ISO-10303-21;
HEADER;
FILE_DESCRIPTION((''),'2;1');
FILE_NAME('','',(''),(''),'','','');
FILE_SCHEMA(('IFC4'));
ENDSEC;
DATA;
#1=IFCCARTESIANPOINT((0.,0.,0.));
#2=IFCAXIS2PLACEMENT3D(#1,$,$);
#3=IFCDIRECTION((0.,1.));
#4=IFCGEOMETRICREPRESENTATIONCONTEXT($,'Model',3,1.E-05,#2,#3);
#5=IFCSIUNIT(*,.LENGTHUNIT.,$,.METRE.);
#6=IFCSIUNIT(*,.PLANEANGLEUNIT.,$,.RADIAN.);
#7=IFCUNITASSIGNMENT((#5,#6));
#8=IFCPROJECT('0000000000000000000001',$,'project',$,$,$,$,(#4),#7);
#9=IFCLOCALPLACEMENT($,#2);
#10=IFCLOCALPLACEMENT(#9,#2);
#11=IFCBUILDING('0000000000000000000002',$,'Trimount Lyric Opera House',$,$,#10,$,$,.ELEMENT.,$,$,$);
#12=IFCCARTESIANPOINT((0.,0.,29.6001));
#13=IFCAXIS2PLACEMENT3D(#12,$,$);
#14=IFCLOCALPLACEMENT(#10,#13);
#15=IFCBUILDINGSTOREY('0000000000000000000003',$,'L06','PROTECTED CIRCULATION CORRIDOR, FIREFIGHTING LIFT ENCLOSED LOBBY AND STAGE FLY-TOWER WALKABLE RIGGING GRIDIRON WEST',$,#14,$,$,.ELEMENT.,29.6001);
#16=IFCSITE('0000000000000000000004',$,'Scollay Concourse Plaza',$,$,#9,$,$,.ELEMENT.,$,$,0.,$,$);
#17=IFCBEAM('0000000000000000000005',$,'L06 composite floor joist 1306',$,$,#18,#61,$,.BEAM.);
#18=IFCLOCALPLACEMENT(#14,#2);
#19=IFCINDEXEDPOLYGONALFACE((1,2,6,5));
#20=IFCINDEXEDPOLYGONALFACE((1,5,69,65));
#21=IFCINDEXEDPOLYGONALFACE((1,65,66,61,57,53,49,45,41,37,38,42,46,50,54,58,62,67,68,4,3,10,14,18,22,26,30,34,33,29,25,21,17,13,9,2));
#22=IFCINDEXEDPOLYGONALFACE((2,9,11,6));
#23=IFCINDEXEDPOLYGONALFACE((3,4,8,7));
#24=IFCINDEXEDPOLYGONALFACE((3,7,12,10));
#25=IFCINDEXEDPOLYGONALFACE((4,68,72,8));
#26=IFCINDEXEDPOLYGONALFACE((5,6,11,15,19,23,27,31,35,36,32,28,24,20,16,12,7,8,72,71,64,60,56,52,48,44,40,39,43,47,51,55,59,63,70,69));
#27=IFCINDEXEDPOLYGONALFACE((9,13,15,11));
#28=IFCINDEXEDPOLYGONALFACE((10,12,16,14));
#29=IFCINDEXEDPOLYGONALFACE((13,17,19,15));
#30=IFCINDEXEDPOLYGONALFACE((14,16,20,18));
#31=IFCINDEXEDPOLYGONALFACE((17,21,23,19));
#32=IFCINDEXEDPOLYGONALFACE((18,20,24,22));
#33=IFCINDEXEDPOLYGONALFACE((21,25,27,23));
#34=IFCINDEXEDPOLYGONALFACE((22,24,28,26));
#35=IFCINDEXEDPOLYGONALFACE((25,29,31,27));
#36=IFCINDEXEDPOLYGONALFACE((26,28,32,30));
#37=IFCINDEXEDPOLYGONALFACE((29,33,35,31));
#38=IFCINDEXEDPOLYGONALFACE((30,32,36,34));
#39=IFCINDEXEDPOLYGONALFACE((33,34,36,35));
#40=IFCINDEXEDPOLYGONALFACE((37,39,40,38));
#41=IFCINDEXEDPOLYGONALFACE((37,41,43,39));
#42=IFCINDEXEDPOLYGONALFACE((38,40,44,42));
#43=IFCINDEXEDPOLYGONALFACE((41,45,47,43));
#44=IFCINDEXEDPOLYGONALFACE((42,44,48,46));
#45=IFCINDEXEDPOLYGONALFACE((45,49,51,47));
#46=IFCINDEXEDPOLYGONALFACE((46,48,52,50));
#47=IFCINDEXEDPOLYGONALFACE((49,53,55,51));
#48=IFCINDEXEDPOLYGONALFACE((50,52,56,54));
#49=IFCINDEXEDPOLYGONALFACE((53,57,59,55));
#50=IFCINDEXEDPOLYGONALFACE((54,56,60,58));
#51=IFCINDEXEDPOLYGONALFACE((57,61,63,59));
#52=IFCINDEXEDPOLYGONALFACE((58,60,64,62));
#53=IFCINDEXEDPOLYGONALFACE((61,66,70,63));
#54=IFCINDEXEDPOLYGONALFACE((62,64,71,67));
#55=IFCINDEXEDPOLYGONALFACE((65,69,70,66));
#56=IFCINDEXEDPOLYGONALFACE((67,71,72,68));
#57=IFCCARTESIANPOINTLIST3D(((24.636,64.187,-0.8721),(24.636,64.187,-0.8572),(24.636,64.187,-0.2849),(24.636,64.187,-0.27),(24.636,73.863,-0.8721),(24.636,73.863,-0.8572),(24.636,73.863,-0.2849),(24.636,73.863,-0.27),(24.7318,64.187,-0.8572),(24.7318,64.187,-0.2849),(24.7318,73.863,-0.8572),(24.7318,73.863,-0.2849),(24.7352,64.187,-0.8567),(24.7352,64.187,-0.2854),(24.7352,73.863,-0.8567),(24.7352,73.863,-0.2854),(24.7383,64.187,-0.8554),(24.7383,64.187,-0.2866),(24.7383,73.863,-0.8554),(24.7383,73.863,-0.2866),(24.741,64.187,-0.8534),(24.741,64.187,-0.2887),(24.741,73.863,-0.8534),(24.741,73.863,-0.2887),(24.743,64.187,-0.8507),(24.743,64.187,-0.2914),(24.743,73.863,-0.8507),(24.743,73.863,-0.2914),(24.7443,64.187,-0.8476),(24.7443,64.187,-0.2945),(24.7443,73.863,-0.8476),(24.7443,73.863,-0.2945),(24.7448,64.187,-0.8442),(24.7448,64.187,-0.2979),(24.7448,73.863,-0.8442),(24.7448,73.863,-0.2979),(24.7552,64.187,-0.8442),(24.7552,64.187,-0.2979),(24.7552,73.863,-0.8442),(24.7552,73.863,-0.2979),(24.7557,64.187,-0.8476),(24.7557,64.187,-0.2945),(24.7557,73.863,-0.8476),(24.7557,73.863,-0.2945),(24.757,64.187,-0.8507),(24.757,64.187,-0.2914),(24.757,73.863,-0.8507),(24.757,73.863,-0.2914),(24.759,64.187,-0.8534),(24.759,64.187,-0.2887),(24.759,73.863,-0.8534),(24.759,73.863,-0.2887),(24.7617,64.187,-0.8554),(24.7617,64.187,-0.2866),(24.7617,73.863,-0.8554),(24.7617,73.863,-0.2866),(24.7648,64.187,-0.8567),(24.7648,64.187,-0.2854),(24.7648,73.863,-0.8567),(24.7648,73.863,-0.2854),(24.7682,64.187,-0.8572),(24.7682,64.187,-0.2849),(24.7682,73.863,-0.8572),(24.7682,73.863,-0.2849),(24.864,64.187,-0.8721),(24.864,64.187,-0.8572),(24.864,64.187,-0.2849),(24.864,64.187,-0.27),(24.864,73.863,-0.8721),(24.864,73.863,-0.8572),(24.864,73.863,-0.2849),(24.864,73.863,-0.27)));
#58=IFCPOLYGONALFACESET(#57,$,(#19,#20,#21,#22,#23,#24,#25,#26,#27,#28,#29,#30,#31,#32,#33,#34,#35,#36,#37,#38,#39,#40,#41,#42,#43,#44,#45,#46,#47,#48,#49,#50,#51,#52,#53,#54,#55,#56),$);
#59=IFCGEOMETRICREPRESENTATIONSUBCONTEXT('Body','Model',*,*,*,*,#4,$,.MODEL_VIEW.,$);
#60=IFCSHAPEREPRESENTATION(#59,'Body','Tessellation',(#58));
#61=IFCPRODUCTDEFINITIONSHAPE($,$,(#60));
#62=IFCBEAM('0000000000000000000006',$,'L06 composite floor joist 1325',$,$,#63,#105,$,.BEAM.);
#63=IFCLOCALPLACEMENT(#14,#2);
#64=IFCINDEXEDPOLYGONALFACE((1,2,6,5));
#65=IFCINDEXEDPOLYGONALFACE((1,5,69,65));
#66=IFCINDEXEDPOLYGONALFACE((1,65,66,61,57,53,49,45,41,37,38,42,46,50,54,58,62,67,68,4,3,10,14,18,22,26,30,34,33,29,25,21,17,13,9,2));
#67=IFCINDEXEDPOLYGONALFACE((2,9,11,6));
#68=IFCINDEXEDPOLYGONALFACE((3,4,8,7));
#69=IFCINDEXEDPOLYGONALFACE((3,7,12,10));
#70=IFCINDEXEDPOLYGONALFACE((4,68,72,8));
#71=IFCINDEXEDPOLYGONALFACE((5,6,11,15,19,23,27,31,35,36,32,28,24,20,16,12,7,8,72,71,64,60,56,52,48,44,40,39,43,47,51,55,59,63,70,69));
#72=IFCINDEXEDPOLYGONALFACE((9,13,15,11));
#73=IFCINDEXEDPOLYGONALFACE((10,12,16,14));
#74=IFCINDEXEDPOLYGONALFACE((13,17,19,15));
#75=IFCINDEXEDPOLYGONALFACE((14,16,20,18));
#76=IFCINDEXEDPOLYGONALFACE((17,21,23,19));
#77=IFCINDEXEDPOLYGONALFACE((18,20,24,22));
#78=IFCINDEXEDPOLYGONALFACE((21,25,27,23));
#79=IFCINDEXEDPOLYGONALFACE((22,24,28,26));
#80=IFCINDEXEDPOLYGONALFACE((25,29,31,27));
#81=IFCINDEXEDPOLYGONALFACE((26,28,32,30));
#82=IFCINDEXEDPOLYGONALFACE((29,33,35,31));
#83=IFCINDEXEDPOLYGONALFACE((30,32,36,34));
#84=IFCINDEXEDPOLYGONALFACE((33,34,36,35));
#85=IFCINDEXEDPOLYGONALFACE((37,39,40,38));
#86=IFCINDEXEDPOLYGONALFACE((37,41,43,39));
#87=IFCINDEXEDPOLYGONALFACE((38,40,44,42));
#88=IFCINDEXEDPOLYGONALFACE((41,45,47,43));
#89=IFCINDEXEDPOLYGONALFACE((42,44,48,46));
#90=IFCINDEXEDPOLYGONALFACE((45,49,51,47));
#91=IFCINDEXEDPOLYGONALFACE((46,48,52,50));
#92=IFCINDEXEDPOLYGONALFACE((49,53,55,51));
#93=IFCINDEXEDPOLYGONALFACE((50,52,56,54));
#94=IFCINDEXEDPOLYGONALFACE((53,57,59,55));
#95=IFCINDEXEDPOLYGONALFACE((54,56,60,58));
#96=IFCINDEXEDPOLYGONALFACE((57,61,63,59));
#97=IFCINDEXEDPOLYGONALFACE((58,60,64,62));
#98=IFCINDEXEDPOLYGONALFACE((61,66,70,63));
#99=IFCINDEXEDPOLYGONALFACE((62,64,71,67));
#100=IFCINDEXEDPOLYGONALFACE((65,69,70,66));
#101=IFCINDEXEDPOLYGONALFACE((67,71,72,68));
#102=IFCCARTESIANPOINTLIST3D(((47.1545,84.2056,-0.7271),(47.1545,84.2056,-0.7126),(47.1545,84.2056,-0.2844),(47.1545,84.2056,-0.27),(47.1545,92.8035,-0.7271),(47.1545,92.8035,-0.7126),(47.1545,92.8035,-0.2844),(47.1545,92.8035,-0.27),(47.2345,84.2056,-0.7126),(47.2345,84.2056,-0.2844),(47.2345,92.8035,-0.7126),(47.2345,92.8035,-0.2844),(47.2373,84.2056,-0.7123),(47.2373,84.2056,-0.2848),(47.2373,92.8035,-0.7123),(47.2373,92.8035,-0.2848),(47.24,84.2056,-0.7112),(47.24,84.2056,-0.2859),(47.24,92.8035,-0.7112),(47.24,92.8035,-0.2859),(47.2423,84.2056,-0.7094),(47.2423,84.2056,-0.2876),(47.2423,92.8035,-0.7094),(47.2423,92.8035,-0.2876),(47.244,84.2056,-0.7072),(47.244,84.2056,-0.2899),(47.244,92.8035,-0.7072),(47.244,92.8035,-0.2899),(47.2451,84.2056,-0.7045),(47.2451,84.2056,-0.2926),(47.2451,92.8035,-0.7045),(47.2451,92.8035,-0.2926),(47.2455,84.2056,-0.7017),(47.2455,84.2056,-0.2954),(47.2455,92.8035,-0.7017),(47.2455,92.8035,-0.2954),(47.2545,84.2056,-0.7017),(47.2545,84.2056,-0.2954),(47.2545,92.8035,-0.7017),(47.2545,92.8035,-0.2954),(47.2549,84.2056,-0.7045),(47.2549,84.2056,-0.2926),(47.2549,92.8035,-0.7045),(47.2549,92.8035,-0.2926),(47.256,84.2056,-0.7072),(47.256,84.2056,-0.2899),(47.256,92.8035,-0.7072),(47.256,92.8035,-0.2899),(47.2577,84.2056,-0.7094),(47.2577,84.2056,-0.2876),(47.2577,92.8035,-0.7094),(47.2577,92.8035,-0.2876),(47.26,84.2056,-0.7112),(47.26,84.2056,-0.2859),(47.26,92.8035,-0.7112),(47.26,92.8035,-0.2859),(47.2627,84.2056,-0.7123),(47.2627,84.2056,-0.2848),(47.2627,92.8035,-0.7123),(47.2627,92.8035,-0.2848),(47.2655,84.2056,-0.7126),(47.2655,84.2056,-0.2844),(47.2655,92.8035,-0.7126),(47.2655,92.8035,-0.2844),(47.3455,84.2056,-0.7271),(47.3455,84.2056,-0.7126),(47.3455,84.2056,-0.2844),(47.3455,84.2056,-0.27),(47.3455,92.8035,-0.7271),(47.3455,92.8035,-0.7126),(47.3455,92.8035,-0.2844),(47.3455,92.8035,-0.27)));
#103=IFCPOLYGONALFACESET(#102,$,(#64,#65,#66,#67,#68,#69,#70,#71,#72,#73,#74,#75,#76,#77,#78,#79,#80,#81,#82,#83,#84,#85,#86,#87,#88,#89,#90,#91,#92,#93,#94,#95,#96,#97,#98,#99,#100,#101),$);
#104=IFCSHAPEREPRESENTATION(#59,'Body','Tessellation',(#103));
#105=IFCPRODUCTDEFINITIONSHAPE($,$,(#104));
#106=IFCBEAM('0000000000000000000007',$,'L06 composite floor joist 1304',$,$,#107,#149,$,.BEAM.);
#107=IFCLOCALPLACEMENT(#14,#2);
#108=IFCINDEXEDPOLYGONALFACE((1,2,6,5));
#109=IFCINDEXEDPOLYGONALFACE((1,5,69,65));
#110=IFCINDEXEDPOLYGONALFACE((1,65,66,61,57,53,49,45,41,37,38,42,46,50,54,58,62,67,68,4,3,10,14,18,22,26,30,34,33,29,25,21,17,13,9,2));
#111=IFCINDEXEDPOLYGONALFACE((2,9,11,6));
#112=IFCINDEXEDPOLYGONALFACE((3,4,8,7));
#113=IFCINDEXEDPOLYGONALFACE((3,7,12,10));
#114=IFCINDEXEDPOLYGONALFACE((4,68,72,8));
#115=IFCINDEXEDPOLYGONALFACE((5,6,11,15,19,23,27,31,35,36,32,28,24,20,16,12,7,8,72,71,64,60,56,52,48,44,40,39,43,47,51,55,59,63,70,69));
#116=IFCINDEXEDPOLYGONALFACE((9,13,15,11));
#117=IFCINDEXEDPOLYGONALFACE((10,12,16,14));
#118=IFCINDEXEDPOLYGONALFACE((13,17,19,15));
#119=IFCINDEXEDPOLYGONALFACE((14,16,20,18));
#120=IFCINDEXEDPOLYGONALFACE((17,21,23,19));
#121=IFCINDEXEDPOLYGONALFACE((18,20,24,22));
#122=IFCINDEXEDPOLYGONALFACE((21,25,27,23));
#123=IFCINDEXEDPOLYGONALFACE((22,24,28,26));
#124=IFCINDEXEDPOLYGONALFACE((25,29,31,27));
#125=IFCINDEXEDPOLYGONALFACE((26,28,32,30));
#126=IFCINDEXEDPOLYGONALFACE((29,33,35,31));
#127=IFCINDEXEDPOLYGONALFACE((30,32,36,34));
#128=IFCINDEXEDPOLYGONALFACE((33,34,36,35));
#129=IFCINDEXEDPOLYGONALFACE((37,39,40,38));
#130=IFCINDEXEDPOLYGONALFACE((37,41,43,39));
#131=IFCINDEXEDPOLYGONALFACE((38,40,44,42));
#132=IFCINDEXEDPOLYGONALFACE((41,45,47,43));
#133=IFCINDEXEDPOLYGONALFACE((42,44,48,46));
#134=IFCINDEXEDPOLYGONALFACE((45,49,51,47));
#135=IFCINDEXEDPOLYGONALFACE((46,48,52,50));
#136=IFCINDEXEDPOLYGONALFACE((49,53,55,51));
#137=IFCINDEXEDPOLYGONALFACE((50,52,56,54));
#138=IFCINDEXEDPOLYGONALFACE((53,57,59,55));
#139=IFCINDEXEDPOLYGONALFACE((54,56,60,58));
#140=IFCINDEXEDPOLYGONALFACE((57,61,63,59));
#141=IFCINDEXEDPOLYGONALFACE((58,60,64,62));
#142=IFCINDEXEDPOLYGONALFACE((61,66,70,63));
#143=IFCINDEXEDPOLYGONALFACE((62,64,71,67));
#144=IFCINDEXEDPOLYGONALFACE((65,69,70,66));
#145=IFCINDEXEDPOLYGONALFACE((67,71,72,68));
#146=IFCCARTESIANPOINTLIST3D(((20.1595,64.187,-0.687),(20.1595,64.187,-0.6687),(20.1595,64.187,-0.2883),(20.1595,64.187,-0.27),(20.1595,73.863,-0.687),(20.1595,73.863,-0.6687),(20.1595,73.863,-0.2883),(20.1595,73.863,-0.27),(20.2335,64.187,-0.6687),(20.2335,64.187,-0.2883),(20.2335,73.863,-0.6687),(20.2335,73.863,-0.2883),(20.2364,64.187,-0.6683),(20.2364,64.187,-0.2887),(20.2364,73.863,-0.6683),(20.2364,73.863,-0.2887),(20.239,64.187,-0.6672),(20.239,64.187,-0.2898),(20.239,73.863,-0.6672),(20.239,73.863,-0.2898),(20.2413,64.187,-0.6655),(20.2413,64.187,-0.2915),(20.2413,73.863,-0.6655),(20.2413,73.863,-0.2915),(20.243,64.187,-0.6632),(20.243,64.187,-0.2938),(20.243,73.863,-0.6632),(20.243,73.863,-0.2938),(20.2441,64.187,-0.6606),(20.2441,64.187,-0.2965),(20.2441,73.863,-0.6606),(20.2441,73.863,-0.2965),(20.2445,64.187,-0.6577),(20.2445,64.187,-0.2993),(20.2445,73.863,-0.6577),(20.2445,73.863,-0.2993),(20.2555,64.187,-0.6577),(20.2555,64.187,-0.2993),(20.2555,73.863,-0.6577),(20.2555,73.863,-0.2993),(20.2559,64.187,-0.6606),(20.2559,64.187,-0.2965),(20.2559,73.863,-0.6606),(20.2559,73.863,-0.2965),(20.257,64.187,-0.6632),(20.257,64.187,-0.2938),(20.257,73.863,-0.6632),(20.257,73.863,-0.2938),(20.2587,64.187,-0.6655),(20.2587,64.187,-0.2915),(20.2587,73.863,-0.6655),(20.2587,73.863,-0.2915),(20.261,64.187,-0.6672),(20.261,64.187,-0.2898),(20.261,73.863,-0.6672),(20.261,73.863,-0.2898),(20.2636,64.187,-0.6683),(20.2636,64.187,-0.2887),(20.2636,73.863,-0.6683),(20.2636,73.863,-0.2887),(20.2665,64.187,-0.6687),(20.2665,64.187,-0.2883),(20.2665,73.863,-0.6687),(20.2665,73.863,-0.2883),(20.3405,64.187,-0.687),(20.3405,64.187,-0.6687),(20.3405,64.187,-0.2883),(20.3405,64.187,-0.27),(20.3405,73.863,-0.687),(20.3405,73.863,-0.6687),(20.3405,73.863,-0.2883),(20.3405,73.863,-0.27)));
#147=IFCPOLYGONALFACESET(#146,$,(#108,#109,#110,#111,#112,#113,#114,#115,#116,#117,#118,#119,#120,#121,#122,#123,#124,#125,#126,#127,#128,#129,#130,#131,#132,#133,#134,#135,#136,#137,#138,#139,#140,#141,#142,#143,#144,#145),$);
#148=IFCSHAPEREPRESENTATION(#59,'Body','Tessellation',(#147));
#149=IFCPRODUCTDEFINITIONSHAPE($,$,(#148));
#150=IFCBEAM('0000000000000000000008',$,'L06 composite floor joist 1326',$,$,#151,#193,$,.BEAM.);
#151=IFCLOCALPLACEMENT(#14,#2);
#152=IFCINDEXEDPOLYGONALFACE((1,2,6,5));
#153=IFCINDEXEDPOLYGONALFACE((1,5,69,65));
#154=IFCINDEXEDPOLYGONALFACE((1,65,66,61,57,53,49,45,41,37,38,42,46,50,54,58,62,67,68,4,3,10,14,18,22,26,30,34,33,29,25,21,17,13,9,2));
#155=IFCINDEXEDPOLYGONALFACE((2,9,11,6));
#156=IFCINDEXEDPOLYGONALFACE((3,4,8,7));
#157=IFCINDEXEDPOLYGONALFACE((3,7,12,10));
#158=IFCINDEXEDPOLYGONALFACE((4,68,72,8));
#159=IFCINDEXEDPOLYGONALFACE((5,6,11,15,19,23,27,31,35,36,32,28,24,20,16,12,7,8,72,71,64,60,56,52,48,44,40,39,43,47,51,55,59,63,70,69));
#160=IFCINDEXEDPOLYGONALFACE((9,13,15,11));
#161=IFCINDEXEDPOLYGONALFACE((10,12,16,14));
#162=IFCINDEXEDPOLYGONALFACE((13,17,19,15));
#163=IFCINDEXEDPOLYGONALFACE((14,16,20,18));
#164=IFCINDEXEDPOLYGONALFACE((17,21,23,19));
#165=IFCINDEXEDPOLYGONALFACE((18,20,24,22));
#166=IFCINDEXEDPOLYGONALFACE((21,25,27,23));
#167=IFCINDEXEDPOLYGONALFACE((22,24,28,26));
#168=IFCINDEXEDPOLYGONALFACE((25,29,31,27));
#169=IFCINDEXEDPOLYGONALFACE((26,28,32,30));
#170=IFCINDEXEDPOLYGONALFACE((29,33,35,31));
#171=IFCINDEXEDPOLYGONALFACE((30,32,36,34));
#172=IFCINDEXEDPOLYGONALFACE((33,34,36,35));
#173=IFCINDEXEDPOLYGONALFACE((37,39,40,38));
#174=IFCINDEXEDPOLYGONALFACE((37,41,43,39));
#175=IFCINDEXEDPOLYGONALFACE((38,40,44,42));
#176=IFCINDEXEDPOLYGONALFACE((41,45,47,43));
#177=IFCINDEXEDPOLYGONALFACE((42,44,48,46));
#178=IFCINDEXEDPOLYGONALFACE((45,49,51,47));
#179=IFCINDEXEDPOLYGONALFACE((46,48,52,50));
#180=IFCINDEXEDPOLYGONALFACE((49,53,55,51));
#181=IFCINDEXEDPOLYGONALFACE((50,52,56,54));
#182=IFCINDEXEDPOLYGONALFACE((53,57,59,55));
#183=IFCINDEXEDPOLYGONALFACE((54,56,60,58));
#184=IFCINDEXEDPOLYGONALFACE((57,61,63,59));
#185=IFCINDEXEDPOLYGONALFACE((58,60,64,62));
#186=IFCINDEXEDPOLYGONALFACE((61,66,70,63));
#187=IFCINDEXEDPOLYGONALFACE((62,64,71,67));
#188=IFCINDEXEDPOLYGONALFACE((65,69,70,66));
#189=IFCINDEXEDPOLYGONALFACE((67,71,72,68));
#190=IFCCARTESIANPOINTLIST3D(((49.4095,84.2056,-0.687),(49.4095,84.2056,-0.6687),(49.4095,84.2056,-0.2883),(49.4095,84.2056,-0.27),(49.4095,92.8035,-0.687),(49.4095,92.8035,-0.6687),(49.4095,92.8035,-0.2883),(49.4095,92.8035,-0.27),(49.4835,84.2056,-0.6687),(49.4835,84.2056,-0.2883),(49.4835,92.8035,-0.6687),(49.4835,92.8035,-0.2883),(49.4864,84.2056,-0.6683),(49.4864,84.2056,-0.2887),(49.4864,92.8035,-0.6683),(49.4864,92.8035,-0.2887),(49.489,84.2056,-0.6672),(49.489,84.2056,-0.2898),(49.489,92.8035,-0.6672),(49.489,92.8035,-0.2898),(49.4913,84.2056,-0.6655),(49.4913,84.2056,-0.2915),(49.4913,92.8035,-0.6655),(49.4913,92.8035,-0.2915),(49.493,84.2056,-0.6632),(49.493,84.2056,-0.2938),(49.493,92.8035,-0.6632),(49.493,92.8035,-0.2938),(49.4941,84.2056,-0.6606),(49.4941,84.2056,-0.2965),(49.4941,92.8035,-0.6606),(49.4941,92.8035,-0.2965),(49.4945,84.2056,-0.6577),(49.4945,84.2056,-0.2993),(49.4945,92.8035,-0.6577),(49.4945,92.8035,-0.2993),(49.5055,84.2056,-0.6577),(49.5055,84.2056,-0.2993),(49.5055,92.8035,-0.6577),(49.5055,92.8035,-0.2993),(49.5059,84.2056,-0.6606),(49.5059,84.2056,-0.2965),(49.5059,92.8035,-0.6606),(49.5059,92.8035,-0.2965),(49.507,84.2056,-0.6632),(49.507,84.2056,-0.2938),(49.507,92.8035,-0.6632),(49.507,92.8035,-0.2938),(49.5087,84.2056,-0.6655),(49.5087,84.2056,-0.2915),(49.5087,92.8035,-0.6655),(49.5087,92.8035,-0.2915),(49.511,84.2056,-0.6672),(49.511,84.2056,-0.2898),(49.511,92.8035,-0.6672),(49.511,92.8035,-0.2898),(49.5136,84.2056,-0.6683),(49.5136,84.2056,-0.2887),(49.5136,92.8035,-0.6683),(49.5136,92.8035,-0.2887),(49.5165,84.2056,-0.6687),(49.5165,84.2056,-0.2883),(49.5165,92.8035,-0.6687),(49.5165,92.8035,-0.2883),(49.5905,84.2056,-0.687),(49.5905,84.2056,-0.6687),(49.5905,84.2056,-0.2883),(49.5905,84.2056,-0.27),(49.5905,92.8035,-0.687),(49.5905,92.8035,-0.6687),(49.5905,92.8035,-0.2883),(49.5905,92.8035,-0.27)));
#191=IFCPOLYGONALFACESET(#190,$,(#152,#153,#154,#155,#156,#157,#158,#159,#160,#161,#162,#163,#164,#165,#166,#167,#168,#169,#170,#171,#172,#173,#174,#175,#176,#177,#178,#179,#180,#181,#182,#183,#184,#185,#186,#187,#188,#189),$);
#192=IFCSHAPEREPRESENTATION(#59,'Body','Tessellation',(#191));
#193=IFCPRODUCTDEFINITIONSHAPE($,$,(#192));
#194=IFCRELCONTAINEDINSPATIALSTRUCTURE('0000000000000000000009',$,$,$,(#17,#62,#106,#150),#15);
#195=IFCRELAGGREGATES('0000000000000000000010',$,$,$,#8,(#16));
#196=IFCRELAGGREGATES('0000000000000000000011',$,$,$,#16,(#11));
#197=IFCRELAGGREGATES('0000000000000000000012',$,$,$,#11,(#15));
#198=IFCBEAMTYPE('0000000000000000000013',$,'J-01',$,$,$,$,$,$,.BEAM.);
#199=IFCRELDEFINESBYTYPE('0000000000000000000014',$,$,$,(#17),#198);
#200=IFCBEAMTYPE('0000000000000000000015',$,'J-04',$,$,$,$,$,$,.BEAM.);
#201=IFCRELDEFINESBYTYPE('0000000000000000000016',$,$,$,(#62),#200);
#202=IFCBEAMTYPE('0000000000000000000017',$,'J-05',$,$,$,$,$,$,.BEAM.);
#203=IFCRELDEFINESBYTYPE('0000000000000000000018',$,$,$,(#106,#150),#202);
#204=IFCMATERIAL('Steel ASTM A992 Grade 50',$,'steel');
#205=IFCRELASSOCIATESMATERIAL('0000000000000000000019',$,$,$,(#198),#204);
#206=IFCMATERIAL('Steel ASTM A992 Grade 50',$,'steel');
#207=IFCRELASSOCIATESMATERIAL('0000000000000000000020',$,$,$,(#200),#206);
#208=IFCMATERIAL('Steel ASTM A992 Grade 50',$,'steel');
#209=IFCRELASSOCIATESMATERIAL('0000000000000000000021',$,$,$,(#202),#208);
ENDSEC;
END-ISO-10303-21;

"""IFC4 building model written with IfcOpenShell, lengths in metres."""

from ifc_helpers import new_model, si_unit, direction, frame, origin, origin_2d, place, context, subcontext, project, spatial, i_section, extrude, material, material_profile, profile_set, type_object, element, save


model = new_model("IFC4")

# Units and contexts
model_context = context("Model", 3, precision=1e-05, world=origin(), true_north=direction((0.0, 1.0)))
body_context = subcontext(model_context, "Body", "Model", "MODEL_VIEW")
ifc_project = project(units=[si_unit("LENGTHUNIT", "METRE"), si_unit("PLANEANGLEUNIT", "RADIAN")], contexts=[model_context])

# Site, building, storey
site_placement = place(None, origin())
site = spatial("IfcSite", under=ifc_project, at=site_placement, Name="Scollay Concourse Plaza", CompositionType="ELEMENT", RefElevation=0.0)
building_placement = place(site_placement, origin())
building = spatial("IfcBuilding", under=site, at=building_placement, Name="Trimount Lyric Opera House", CompositionType="ELEMENT")
storey_placement = place(building_placement, frame((0.0, 0.0, 29.6001)))
storey = spatial("IfcBuildingStorey", under=building, at=storey_placement, Name="L06", Description="PROTECTED CIRCULATION CORRIDOR, FIREFIGHTING LIFT ENCLOSED LOBBY AND STAGE FLY-TOWER WALKABLE RIGGING GRIDIRON WEST", CompositionType="ELEMENT", Elevation=29.6001)

# Beams
ifc_material_1 = material(Name="Steel ASTM A992 Grade 50", Category="steel")
ifc_material_profile_1 = material_profile(ifc_material_1, i_section(OverallWidth=0.228, OverallDepth=0.6021, WebThickness=0.0105, FlangeThickness=0.0149, FilletRadius=0.0129, at=origin_2d()), Name="W24X68")
ifc_profile_set_1 = profile_set([ifc_material_profile_1], Name="Steel ASTM A992 Grade 50")
beam_type_1 = type_object("IfcBeamType", Name="J-01", PredefinedType="BEAM", material=ifc_profile_set_1)
beam_1_placement = place(storey_placement, frame((24.75, 64.187, -0.571), z_axis=(0.0, 1.0, 0.0), x_axis=(-1.0, 0.0, 0.0)))
element("IfcBeam", 1, at=beam_1_placement, inside=storey, type_object=beam_type_1, Name="L06 composite floor joist 1306", PredefinedType="BEAM", context=body_context, shape_type="SweptSolid", body=[
    extrude(i_section(OverallWidth=0.228, OverallDepth=0.6021, WebThickness=0.0105, FlangeThickness=0.0149, FilletRadius=0.0129, at=origin_2d()), origin(), (0.0, 0.0, 1.0), 9.676),
])
ifc_material_2 = material(Name="Steel ASTM A992 Grade 50", Category="steel")
ifc_material_profile_2 = material_profile(ifc_material_2, i_section(OverallWidth=0.1909, OverallDepth=0.457, WebThickness=0.009, FlangeThickness=0.0144, FilletRadius=0.011, at=origin_2d()), Name="W18X50")
ifc_profile_set_2 = profile_set([ifc_material_profile_2], Name="Steel ASTM A992 Grade 50")
beam_type_2 = type_object("IfcBeamType", Name="J-04", PredefinedType="BEAM", material=ifc_profile_set_2)
beam_2_placement = place(storey_placement, frame((47.25, 84.2056, -0.4985), z_axis=(0.0, 1.0, 0.0), x_axis=(-1.0, 0.0, 0.0)))
element("IfcBeam", 2, at=beam_2_placement, inside=storey, type_object=beam_type_2, Name="L06 composite floor joist 1325", PredefinedType="BEAM", context=body_context, shape_type="SweptSolid", body=[
    extrude(i_section(OverallWidth=0.1909, OverallDepth=0.457, WebThickness=0.009, FlangeThickness=0.0144, FilletRadius=0.011, at=origin_2d()), origin(), (0.0, 0.0, 1.0), 8.5979),
])
ifc_material_3 = material(Name="Steel ASTM A992 Grade 50", Category="steel")
ifc_material_profile_3 = material_profile(ifc_material_3, i_section(OverallWidth=0.1809, OverallDepth=0.417, WebThickness=0.011, FlangeThickness=0.0183, FilletRadius=0.011, at=origin_2d()), Name="W16X57")
ifc_profile_set_3 = profile_set([ifc_material_profile_3], Name="Steel ASTM A992 Grade 50")
beam_type_3 = type_object("IfcBeamType", Name="J-05", PredefinedType="BEAM", material=ifc_profile_set_3)
beam_3_placement = place(storey_placement, frame((20.25, 64.187, -0.4785), z_axis=(0.0, 1.0, 0.0), x_axis=(-1.0, 0.0, 0.0)))
element("IfcBeam", 3, at=beam_3_placement, inside=storey, type_object=beam_type_3, Name="L06 composite floor joist 1304", PredefinedType="BEAM", context=body_context, shape_type="SweptSolid", body=[
    extrude(i_section(OverallWidth=0.1809, OverallDepth=0.417, WebThickness=0.011, FlangeThickness=0.0183, FilletRadius=0.011, at=origin_2d()), origin(), (0.0, 0.0, 1.0), 9.676),
])
beam_4_placement = place(storey_placement, frame((49.5, 84.2056, -0.4785), z_axis=(0.0, 1.0, 0.0), x_axis=(-1.0, 0.0, 0.0)))
element("IfcBeam", 4, at=beam_4_placement, inside=storey, type_object=beam_type_3, Name="L06 composite floor joist 1326", PredefinedType="BEAM", context=body_context, shape_type="SweptSolid", body=[
    extrude(i_section(OverallWidth=0.1809, OverallDepth=0.417, WebThickness=0.011, FlangeThickness=0.0183, FilletRadius=0.011, at=origin_2d()), origin(), (0.0, 0.0, 1.0), 8.5979),
])

save(model, "model.ifc")
